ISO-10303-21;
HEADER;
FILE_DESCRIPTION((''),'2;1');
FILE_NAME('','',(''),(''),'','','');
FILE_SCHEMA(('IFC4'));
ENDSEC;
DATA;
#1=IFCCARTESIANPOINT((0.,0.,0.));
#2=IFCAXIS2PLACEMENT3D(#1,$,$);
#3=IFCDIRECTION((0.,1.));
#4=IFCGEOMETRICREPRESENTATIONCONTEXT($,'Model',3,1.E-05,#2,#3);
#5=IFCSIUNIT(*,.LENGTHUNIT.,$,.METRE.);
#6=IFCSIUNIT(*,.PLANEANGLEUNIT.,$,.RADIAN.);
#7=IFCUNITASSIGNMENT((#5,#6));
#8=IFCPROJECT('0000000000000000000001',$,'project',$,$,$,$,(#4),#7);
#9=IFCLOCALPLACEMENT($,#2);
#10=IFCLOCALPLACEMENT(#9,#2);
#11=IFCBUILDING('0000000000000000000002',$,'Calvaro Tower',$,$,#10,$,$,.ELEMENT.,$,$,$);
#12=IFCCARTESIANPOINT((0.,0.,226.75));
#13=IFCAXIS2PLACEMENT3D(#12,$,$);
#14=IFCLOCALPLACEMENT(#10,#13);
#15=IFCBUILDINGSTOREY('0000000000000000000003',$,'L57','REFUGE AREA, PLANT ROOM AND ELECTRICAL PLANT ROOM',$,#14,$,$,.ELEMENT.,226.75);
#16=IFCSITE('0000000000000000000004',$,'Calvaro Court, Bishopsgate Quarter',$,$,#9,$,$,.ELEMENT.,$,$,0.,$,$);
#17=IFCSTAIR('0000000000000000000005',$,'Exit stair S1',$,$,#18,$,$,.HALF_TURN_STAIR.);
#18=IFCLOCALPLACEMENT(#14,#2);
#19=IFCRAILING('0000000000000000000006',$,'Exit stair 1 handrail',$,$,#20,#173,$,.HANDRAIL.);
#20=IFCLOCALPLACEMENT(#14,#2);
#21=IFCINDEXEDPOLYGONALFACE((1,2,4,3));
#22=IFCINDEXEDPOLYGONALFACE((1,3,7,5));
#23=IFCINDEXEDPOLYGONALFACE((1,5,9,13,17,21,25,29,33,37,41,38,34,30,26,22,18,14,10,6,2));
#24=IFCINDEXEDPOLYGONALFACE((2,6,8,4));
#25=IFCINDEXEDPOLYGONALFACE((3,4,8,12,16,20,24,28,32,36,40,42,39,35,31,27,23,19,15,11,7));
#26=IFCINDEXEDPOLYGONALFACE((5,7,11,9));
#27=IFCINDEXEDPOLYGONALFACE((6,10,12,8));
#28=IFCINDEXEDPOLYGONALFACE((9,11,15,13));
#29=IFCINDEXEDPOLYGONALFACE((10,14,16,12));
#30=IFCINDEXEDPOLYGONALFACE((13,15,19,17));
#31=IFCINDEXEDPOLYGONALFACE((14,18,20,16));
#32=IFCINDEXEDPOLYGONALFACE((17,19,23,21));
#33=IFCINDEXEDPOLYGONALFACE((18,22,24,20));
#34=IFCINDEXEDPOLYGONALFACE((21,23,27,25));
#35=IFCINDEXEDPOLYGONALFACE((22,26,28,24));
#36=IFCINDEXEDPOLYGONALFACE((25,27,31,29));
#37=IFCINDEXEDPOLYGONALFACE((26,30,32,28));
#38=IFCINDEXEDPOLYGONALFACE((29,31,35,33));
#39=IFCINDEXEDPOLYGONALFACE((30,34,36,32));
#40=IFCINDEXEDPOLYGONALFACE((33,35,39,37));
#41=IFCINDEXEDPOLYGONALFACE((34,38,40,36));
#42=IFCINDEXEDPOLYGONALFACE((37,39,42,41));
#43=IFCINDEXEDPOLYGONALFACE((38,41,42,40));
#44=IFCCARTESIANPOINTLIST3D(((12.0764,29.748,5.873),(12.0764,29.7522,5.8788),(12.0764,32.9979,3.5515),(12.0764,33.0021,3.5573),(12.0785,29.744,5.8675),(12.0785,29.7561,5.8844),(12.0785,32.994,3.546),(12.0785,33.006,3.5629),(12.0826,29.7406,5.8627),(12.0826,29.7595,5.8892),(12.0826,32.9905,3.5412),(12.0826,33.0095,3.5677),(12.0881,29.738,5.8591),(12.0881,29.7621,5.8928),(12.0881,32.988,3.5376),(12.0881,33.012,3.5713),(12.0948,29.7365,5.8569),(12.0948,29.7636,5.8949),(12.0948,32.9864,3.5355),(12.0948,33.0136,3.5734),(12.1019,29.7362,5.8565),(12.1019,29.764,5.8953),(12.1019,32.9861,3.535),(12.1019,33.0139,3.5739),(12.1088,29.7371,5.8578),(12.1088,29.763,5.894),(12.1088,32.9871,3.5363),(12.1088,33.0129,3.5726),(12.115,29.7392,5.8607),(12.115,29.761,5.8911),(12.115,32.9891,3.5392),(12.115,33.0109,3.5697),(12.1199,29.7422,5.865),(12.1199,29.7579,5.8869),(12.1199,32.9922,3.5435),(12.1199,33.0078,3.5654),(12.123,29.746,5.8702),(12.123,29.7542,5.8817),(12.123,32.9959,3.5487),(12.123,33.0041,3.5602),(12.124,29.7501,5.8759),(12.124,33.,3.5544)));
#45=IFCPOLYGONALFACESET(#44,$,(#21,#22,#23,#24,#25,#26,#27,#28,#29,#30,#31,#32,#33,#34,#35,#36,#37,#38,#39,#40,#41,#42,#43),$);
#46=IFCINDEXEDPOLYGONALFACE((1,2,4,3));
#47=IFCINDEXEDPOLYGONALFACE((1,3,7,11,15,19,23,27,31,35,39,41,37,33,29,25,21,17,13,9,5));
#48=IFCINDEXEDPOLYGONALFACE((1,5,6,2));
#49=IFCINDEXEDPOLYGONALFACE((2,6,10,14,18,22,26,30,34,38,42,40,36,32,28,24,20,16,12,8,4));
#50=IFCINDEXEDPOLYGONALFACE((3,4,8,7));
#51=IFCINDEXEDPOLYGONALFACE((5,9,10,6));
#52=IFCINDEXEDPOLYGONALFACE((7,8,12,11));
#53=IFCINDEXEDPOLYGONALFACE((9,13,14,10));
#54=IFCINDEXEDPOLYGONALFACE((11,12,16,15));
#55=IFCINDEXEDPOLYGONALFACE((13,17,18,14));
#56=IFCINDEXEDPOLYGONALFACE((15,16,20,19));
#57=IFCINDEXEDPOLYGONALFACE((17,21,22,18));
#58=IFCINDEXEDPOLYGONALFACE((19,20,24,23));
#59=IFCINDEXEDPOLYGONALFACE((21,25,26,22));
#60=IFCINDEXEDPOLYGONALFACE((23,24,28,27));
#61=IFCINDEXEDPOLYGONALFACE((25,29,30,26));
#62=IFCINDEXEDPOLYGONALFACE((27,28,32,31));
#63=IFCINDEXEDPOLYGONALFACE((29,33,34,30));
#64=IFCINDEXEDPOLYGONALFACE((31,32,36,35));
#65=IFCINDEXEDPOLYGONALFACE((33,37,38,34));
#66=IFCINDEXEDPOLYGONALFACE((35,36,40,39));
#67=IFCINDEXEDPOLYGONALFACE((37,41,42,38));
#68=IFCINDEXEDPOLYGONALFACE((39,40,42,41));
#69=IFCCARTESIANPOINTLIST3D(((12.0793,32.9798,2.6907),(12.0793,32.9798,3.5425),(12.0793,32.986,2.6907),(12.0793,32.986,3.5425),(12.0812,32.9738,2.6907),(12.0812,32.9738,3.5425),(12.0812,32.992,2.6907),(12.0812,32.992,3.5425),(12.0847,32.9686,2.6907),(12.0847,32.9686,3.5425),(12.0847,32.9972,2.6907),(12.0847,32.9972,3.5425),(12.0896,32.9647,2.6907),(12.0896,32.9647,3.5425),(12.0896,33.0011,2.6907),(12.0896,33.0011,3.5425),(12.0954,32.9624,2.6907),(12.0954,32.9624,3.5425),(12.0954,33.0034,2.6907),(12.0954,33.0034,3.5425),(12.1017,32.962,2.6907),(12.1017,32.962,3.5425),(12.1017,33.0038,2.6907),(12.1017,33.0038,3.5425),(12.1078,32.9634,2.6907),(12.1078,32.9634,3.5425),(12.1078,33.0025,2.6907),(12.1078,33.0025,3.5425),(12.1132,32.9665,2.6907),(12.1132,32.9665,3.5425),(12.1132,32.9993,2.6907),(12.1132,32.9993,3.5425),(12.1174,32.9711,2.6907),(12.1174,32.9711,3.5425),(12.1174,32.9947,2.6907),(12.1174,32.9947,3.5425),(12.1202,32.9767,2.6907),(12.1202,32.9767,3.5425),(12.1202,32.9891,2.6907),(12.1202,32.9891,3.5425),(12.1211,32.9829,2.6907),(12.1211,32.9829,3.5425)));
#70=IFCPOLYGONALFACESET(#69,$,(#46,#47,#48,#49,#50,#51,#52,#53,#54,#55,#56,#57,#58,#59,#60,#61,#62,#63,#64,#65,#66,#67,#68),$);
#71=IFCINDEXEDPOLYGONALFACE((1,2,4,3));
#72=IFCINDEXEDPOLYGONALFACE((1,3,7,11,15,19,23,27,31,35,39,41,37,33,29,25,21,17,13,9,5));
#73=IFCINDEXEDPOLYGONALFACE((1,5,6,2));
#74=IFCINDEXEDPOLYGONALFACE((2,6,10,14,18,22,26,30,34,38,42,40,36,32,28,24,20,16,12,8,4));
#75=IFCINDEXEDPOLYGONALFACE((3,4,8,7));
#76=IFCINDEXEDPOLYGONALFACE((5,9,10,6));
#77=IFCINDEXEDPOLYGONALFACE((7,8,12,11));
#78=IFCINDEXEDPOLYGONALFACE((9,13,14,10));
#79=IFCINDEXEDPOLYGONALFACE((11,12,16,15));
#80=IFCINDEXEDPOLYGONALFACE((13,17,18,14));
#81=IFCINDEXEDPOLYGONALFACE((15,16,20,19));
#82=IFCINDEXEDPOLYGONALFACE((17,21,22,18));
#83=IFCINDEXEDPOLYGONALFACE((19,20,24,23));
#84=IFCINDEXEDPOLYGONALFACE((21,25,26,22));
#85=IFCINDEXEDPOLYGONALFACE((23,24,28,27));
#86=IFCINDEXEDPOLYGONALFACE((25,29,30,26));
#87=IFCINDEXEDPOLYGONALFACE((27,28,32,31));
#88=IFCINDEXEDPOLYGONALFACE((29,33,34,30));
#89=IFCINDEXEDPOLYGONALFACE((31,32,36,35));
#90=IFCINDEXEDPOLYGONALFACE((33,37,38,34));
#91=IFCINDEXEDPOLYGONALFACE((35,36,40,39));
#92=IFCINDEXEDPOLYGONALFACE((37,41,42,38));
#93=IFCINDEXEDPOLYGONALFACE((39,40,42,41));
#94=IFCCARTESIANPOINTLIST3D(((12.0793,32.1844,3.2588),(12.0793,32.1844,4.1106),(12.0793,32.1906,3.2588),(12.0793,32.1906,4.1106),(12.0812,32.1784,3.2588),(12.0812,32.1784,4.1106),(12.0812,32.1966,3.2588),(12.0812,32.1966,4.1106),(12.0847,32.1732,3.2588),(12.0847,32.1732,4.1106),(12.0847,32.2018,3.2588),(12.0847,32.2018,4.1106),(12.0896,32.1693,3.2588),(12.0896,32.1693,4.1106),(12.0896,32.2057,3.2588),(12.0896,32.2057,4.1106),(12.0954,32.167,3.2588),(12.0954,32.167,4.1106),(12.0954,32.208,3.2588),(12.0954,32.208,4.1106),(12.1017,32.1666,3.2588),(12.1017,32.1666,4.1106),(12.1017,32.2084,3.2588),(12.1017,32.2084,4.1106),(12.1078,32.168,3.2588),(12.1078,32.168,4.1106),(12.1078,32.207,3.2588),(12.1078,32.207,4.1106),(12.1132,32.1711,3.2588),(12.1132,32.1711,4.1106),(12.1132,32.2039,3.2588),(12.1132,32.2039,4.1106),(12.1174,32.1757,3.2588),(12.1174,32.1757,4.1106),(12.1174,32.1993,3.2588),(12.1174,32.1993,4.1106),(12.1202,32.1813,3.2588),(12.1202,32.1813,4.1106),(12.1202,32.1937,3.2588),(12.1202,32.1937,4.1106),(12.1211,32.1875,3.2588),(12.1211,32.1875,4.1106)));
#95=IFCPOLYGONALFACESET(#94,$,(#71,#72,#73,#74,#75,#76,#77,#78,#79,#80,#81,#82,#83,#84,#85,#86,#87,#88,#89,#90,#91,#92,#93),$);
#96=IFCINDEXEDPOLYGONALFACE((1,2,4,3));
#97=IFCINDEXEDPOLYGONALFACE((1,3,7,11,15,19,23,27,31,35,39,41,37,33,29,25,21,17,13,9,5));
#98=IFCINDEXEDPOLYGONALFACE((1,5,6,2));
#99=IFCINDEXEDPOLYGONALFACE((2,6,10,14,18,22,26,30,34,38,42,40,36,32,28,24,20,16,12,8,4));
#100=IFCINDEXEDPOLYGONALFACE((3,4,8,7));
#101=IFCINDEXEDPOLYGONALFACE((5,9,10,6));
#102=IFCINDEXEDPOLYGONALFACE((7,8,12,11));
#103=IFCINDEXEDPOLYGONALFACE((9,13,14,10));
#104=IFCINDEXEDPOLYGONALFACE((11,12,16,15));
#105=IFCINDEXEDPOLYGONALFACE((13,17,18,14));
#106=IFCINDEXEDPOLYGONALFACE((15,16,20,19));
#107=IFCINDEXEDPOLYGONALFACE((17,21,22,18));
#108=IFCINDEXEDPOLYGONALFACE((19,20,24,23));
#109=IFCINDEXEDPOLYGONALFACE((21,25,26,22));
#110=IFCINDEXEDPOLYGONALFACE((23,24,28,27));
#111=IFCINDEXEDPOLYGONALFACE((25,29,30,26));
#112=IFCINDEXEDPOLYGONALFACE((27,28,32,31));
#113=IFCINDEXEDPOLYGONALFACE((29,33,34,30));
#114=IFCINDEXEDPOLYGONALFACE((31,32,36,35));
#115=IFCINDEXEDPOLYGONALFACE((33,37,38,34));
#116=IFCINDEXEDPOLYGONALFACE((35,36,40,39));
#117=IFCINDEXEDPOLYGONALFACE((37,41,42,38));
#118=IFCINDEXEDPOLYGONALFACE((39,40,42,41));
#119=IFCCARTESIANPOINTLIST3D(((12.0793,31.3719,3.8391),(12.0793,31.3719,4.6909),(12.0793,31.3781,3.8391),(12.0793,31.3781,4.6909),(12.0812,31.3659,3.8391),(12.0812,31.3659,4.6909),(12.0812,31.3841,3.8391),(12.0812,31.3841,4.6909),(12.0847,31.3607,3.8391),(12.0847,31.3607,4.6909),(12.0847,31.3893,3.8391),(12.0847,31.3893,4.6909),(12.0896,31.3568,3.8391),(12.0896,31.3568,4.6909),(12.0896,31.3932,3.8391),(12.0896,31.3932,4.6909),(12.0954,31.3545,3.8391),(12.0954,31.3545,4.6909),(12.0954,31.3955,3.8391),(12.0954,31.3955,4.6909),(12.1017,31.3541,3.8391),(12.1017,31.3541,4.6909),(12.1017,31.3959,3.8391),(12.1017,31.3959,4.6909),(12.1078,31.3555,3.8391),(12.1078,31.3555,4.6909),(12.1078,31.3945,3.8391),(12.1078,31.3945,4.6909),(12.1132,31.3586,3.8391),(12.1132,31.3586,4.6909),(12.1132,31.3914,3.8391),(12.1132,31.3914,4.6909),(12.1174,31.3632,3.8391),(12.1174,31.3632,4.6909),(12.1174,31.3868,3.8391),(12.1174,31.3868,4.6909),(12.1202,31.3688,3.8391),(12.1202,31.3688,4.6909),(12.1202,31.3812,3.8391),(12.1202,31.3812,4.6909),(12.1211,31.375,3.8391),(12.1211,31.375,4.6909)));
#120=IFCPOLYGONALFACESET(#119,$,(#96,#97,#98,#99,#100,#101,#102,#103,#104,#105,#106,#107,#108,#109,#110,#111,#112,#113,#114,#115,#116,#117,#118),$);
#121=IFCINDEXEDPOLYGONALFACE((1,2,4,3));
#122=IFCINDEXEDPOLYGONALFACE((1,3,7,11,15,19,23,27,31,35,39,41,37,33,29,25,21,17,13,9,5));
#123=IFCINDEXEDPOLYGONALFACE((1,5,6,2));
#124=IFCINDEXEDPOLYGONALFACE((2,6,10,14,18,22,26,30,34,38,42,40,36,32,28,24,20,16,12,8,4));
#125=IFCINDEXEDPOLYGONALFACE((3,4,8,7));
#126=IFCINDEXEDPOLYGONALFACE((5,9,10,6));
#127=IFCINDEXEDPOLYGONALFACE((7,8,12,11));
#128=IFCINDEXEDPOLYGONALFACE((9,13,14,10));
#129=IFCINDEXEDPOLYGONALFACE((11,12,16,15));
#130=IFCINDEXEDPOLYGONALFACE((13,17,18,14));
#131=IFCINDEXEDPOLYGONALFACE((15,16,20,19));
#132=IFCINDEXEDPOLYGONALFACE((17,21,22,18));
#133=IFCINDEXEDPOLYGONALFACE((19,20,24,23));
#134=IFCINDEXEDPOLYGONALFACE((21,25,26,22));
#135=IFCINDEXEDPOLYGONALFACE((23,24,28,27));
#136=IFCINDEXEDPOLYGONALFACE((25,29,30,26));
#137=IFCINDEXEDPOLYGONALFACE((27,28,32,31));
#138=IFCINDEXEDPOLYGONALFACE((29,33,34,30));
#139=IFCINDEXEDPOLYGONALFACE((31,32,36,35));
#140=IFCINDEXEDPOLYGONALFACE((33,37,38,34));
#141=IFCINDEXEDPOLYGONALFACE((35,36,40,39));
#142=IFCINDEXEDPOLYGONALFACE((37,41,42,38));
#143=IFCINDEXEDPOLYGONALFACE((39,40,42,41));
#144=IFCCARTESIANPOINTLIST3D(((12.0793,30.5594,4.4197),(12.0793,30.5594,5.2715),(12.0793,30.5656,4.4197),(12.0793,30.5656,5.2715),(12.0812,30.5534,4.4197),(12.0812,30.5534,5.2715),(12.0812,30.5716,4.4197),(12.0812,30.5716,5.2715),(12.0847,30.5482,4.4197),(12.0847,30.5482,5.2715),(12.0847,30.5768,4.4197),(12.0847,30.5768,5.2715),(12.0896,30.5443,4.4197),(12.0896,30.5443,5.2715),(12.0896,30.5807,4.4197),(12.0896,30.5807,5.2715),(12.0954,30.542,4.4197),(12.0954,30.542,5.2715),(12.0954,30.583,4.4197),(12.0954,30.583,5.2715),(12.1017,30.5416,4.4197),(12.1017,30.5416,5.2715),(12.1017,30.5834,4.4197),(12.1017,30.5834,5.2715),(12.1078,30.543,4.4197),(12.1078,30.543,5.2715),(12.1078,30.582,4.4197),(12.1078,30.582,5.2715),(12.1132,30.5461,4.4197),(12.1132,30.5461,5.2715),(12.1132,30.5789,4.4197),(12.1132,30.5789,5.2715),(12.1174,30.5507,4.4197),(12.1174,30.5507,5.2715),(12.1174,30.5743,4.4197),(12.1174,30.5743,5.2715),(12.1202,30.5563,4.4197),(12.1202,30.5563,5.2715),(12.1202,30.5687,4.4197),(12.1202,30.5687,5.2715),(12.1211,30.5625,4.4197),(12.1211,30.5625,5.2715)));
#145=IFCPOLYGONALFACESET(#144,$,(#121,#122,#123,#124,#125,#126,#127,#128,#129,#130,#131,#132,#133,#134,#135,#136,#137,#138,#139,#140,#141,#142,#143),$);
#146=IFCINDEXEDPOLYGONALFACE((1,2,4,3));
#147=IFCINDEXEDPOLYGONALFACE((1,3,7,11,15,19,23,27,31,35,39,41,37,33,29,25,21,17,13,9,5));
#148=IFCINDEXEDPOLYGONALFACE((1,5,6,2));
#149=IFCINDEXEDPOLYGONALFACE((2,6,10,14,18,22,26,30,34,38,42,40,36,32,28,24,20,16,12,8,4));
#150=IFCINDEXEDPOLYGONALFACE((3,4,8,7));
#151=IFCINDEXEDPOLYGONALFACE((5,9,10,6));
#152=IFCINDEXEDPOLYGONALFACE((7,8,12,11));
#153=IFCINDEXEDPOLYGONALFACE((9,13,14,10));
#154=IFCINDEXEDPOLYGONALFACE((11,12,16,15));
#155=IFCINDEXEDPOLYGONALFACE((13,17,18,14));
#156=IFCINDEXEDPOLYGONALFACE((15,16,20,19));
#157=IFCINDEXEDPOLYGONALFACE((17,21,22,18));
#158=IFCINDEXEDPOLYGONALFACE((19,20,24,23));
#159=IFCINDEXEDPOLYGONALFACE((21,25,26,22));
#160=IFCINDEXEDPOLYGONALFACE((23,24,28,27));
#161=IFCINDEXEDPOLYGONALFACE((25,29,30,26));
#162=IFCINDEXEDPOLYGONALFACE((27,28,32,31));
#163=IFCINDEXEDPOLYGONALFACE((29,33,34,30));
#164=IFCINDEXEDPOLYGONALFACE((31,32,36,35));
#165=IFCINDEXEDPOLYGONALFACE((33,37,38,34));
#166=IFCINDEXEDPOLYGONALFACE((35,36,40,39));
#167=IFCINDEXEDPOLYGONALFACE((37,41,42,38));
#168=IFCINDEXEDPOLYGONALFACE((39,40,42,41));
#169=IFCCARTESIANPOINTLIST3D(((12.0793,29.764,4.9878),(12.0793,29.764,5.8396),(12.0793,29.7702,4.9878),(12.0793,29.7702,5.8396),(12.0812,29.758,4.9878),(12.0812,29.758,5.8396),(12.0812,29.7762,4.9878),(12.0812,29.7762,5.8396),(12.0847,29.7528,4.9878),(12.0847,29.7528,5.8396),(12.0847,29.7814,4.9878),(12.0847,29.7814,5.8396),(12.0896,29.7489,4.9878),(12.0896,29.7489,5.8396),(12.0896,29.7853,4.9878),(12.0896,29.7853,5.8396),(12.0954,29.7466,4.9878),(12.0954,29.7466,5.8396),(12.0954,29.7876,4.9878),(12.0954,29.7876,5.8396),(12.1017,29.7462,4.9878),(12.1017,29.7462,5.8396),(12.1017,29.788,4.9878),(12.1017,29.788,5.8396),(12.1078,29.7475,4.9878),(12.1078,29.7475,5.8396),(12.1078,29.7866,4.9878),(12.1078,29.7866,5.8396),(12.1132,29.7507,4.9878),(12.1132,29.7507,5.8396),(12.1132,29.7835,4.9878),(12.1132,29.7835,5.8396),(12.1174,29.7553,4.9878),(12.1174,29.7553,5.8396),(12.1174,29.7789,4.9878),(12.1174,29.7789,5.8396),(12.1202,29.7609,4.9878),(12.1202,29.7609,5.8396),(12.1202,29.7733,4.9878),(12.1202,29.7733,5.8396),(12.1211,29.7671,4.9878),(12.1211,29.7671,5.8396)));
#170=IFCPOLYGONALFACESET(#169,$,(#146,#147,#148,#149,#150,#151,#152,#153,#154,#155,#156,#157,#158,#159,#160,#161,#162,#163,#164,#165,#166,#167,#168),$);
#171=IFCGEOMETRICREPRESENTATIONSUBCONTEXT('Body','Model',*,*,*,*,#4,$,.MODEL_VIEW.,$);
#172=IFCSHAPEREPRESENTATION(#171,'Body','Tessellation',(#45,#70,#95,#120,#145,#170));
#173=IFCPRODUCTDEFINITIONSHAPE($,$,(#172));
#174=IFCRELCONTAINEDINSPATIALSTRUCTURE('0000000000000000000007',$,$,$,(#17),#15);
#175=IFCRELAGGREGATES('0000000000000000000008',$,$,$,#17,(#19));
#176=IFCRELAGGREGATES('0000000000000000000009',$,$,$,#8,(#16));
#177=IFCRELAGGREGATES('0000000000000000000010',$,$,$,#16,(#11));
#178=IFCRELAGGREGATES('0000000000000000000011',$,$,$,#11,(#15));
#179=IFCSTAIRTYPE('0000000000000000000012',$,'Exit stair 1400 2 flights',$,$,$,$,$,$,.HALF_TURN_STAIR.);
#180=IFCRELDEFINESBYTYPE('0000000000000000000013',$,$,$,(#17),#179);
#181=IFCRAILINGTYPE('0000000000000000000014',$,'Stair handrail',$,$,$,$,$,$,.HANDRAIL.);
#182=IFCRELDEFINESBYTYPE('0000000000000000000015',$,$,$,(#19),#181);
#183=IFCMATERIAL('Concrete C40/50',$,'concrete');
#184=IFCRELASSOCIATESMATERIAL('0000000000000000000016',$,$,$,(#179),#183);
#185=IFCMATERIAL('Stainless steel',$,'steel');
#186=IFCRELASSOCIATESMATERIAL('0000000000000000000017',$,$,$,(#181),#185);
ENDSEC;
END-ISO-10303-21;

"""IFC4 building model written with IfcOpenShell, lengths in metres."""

from ifc_helpers import new_model, si_unit, direction, frame, origin, origin_2d, place, context, subcontext, project, spatial, circle, extrude, material, type_object, element, aggregate, save


model = new_model("IFC4")

# Units and contexts
model_context = context("Model", 3, precision=1e-05, world=origin(), true_north=direction((0.0, 1.0)))
body_context = subcontext(model_context, "Body", "Model", "MODEL_VIEW")
ifc_project = project(units=[si_unit("LENGTHUNIT", "METRE"), si_unit("PLANEANGLEUNIT", "RADIAN")], contexts=[model_context])

# Site, building, storey
site_placement = place(None, origin())
site = spatial("IfcSite", under=ifc_project, at=site_placement, Name="Calvaro Court, Bishopsgate Quarter", CompositionType="ELEMENT", RefElevation=0.0)
building_placement = place(site_placement, origin())
building = spatial("IfcBuilding", under=site, at=building_placement, Name="Calvaro Tower", CompositionType="ELEMENT")
storey_placement = place(building_placement, frame((0.0, 0.0, 226.75)))
storey = spatial("IfcBuildingStorey", under=building, at=storey_placement, Name="L57", Description="REFUGE AREA, PLANT ROOM AND ELECTRICAL PLANT ROOM", CompositionType="ELEMENT", Elevation=226.75)

# Stair
ifc_material_1 = material(Name="Concrete C40/50", Category="concrete")
stair_type = type_object("IfcStairType", Name="Exit stair 1400 2 flights", PredefinedType="HALF_TURN_STAIR", material=ifc_material_1)
stair_placement = place(storey_placement, origin())
stair = element("IfcStair", 1, at=stair_placement, inside=storey, type_object=stair_type, Name="Exit stair S1", PredefinedType="HALF_TURN_STAIR")

# Railing
ifc_material_2 = material(Name="Stainless steel", Category="steel")
railing_type = type_object("IfcRailingType", Name="Stair handrail", PredefinedType="HANDRAIL", material=ifc_material_2)
railing_1_placement = place(storey_placement, frame((12.1001, 33.0, 2.6785)))
railing_1 = element("IfcRailing", 2, at=railing_1_placement, type_object=railing_type, Name="Exit stair 1 handrail", PredefinedType="HANDRAIL", context=body_context, shape_type="SweptSolid", body=[
    extrude(circle(Radius=0.0239, at=origin_2d()), frame((0.0, 0.0, 0.876), z_axis=(0.0, -0.813721, 0.581256), x_axis=(1.0, 0.0, 0.0)), (0.0, 0.0, 1.0), 3.9939),
    extrude(circle(Radius=0.021, at=origin_2d()), frame((0.0, -0.0171, 0.0122)), (0.0, 0.0, 1.0), 0.8518),
    extrude(circle(Radius=0.021, at=origin_2d()), frame((0.0, -0.8125, 0.5803)), (0.0, 0.0, 1.0), 0.8518),
    extrude(circle(Radius=0.021, at=origin_2d()), frame((0.0, -1.625, 1.1606)), (0.0, 0.0, 1.0), 0.8518),
    extrude(circle(Radius=0.021, at=origin_2d()), frame((0.0, -2.4375, 1.7412)), (0.0, 0.0, 1.0), 0.8518),
    extrude(circle(Radius=0.021, at=origin_2d()), frame((0.0, -3.2329, 2.3093)), (0.0, 0.0, 1.0), 0.8518),
])
aggregate(stair, [railing_1])

save(model, "model.ifc")
